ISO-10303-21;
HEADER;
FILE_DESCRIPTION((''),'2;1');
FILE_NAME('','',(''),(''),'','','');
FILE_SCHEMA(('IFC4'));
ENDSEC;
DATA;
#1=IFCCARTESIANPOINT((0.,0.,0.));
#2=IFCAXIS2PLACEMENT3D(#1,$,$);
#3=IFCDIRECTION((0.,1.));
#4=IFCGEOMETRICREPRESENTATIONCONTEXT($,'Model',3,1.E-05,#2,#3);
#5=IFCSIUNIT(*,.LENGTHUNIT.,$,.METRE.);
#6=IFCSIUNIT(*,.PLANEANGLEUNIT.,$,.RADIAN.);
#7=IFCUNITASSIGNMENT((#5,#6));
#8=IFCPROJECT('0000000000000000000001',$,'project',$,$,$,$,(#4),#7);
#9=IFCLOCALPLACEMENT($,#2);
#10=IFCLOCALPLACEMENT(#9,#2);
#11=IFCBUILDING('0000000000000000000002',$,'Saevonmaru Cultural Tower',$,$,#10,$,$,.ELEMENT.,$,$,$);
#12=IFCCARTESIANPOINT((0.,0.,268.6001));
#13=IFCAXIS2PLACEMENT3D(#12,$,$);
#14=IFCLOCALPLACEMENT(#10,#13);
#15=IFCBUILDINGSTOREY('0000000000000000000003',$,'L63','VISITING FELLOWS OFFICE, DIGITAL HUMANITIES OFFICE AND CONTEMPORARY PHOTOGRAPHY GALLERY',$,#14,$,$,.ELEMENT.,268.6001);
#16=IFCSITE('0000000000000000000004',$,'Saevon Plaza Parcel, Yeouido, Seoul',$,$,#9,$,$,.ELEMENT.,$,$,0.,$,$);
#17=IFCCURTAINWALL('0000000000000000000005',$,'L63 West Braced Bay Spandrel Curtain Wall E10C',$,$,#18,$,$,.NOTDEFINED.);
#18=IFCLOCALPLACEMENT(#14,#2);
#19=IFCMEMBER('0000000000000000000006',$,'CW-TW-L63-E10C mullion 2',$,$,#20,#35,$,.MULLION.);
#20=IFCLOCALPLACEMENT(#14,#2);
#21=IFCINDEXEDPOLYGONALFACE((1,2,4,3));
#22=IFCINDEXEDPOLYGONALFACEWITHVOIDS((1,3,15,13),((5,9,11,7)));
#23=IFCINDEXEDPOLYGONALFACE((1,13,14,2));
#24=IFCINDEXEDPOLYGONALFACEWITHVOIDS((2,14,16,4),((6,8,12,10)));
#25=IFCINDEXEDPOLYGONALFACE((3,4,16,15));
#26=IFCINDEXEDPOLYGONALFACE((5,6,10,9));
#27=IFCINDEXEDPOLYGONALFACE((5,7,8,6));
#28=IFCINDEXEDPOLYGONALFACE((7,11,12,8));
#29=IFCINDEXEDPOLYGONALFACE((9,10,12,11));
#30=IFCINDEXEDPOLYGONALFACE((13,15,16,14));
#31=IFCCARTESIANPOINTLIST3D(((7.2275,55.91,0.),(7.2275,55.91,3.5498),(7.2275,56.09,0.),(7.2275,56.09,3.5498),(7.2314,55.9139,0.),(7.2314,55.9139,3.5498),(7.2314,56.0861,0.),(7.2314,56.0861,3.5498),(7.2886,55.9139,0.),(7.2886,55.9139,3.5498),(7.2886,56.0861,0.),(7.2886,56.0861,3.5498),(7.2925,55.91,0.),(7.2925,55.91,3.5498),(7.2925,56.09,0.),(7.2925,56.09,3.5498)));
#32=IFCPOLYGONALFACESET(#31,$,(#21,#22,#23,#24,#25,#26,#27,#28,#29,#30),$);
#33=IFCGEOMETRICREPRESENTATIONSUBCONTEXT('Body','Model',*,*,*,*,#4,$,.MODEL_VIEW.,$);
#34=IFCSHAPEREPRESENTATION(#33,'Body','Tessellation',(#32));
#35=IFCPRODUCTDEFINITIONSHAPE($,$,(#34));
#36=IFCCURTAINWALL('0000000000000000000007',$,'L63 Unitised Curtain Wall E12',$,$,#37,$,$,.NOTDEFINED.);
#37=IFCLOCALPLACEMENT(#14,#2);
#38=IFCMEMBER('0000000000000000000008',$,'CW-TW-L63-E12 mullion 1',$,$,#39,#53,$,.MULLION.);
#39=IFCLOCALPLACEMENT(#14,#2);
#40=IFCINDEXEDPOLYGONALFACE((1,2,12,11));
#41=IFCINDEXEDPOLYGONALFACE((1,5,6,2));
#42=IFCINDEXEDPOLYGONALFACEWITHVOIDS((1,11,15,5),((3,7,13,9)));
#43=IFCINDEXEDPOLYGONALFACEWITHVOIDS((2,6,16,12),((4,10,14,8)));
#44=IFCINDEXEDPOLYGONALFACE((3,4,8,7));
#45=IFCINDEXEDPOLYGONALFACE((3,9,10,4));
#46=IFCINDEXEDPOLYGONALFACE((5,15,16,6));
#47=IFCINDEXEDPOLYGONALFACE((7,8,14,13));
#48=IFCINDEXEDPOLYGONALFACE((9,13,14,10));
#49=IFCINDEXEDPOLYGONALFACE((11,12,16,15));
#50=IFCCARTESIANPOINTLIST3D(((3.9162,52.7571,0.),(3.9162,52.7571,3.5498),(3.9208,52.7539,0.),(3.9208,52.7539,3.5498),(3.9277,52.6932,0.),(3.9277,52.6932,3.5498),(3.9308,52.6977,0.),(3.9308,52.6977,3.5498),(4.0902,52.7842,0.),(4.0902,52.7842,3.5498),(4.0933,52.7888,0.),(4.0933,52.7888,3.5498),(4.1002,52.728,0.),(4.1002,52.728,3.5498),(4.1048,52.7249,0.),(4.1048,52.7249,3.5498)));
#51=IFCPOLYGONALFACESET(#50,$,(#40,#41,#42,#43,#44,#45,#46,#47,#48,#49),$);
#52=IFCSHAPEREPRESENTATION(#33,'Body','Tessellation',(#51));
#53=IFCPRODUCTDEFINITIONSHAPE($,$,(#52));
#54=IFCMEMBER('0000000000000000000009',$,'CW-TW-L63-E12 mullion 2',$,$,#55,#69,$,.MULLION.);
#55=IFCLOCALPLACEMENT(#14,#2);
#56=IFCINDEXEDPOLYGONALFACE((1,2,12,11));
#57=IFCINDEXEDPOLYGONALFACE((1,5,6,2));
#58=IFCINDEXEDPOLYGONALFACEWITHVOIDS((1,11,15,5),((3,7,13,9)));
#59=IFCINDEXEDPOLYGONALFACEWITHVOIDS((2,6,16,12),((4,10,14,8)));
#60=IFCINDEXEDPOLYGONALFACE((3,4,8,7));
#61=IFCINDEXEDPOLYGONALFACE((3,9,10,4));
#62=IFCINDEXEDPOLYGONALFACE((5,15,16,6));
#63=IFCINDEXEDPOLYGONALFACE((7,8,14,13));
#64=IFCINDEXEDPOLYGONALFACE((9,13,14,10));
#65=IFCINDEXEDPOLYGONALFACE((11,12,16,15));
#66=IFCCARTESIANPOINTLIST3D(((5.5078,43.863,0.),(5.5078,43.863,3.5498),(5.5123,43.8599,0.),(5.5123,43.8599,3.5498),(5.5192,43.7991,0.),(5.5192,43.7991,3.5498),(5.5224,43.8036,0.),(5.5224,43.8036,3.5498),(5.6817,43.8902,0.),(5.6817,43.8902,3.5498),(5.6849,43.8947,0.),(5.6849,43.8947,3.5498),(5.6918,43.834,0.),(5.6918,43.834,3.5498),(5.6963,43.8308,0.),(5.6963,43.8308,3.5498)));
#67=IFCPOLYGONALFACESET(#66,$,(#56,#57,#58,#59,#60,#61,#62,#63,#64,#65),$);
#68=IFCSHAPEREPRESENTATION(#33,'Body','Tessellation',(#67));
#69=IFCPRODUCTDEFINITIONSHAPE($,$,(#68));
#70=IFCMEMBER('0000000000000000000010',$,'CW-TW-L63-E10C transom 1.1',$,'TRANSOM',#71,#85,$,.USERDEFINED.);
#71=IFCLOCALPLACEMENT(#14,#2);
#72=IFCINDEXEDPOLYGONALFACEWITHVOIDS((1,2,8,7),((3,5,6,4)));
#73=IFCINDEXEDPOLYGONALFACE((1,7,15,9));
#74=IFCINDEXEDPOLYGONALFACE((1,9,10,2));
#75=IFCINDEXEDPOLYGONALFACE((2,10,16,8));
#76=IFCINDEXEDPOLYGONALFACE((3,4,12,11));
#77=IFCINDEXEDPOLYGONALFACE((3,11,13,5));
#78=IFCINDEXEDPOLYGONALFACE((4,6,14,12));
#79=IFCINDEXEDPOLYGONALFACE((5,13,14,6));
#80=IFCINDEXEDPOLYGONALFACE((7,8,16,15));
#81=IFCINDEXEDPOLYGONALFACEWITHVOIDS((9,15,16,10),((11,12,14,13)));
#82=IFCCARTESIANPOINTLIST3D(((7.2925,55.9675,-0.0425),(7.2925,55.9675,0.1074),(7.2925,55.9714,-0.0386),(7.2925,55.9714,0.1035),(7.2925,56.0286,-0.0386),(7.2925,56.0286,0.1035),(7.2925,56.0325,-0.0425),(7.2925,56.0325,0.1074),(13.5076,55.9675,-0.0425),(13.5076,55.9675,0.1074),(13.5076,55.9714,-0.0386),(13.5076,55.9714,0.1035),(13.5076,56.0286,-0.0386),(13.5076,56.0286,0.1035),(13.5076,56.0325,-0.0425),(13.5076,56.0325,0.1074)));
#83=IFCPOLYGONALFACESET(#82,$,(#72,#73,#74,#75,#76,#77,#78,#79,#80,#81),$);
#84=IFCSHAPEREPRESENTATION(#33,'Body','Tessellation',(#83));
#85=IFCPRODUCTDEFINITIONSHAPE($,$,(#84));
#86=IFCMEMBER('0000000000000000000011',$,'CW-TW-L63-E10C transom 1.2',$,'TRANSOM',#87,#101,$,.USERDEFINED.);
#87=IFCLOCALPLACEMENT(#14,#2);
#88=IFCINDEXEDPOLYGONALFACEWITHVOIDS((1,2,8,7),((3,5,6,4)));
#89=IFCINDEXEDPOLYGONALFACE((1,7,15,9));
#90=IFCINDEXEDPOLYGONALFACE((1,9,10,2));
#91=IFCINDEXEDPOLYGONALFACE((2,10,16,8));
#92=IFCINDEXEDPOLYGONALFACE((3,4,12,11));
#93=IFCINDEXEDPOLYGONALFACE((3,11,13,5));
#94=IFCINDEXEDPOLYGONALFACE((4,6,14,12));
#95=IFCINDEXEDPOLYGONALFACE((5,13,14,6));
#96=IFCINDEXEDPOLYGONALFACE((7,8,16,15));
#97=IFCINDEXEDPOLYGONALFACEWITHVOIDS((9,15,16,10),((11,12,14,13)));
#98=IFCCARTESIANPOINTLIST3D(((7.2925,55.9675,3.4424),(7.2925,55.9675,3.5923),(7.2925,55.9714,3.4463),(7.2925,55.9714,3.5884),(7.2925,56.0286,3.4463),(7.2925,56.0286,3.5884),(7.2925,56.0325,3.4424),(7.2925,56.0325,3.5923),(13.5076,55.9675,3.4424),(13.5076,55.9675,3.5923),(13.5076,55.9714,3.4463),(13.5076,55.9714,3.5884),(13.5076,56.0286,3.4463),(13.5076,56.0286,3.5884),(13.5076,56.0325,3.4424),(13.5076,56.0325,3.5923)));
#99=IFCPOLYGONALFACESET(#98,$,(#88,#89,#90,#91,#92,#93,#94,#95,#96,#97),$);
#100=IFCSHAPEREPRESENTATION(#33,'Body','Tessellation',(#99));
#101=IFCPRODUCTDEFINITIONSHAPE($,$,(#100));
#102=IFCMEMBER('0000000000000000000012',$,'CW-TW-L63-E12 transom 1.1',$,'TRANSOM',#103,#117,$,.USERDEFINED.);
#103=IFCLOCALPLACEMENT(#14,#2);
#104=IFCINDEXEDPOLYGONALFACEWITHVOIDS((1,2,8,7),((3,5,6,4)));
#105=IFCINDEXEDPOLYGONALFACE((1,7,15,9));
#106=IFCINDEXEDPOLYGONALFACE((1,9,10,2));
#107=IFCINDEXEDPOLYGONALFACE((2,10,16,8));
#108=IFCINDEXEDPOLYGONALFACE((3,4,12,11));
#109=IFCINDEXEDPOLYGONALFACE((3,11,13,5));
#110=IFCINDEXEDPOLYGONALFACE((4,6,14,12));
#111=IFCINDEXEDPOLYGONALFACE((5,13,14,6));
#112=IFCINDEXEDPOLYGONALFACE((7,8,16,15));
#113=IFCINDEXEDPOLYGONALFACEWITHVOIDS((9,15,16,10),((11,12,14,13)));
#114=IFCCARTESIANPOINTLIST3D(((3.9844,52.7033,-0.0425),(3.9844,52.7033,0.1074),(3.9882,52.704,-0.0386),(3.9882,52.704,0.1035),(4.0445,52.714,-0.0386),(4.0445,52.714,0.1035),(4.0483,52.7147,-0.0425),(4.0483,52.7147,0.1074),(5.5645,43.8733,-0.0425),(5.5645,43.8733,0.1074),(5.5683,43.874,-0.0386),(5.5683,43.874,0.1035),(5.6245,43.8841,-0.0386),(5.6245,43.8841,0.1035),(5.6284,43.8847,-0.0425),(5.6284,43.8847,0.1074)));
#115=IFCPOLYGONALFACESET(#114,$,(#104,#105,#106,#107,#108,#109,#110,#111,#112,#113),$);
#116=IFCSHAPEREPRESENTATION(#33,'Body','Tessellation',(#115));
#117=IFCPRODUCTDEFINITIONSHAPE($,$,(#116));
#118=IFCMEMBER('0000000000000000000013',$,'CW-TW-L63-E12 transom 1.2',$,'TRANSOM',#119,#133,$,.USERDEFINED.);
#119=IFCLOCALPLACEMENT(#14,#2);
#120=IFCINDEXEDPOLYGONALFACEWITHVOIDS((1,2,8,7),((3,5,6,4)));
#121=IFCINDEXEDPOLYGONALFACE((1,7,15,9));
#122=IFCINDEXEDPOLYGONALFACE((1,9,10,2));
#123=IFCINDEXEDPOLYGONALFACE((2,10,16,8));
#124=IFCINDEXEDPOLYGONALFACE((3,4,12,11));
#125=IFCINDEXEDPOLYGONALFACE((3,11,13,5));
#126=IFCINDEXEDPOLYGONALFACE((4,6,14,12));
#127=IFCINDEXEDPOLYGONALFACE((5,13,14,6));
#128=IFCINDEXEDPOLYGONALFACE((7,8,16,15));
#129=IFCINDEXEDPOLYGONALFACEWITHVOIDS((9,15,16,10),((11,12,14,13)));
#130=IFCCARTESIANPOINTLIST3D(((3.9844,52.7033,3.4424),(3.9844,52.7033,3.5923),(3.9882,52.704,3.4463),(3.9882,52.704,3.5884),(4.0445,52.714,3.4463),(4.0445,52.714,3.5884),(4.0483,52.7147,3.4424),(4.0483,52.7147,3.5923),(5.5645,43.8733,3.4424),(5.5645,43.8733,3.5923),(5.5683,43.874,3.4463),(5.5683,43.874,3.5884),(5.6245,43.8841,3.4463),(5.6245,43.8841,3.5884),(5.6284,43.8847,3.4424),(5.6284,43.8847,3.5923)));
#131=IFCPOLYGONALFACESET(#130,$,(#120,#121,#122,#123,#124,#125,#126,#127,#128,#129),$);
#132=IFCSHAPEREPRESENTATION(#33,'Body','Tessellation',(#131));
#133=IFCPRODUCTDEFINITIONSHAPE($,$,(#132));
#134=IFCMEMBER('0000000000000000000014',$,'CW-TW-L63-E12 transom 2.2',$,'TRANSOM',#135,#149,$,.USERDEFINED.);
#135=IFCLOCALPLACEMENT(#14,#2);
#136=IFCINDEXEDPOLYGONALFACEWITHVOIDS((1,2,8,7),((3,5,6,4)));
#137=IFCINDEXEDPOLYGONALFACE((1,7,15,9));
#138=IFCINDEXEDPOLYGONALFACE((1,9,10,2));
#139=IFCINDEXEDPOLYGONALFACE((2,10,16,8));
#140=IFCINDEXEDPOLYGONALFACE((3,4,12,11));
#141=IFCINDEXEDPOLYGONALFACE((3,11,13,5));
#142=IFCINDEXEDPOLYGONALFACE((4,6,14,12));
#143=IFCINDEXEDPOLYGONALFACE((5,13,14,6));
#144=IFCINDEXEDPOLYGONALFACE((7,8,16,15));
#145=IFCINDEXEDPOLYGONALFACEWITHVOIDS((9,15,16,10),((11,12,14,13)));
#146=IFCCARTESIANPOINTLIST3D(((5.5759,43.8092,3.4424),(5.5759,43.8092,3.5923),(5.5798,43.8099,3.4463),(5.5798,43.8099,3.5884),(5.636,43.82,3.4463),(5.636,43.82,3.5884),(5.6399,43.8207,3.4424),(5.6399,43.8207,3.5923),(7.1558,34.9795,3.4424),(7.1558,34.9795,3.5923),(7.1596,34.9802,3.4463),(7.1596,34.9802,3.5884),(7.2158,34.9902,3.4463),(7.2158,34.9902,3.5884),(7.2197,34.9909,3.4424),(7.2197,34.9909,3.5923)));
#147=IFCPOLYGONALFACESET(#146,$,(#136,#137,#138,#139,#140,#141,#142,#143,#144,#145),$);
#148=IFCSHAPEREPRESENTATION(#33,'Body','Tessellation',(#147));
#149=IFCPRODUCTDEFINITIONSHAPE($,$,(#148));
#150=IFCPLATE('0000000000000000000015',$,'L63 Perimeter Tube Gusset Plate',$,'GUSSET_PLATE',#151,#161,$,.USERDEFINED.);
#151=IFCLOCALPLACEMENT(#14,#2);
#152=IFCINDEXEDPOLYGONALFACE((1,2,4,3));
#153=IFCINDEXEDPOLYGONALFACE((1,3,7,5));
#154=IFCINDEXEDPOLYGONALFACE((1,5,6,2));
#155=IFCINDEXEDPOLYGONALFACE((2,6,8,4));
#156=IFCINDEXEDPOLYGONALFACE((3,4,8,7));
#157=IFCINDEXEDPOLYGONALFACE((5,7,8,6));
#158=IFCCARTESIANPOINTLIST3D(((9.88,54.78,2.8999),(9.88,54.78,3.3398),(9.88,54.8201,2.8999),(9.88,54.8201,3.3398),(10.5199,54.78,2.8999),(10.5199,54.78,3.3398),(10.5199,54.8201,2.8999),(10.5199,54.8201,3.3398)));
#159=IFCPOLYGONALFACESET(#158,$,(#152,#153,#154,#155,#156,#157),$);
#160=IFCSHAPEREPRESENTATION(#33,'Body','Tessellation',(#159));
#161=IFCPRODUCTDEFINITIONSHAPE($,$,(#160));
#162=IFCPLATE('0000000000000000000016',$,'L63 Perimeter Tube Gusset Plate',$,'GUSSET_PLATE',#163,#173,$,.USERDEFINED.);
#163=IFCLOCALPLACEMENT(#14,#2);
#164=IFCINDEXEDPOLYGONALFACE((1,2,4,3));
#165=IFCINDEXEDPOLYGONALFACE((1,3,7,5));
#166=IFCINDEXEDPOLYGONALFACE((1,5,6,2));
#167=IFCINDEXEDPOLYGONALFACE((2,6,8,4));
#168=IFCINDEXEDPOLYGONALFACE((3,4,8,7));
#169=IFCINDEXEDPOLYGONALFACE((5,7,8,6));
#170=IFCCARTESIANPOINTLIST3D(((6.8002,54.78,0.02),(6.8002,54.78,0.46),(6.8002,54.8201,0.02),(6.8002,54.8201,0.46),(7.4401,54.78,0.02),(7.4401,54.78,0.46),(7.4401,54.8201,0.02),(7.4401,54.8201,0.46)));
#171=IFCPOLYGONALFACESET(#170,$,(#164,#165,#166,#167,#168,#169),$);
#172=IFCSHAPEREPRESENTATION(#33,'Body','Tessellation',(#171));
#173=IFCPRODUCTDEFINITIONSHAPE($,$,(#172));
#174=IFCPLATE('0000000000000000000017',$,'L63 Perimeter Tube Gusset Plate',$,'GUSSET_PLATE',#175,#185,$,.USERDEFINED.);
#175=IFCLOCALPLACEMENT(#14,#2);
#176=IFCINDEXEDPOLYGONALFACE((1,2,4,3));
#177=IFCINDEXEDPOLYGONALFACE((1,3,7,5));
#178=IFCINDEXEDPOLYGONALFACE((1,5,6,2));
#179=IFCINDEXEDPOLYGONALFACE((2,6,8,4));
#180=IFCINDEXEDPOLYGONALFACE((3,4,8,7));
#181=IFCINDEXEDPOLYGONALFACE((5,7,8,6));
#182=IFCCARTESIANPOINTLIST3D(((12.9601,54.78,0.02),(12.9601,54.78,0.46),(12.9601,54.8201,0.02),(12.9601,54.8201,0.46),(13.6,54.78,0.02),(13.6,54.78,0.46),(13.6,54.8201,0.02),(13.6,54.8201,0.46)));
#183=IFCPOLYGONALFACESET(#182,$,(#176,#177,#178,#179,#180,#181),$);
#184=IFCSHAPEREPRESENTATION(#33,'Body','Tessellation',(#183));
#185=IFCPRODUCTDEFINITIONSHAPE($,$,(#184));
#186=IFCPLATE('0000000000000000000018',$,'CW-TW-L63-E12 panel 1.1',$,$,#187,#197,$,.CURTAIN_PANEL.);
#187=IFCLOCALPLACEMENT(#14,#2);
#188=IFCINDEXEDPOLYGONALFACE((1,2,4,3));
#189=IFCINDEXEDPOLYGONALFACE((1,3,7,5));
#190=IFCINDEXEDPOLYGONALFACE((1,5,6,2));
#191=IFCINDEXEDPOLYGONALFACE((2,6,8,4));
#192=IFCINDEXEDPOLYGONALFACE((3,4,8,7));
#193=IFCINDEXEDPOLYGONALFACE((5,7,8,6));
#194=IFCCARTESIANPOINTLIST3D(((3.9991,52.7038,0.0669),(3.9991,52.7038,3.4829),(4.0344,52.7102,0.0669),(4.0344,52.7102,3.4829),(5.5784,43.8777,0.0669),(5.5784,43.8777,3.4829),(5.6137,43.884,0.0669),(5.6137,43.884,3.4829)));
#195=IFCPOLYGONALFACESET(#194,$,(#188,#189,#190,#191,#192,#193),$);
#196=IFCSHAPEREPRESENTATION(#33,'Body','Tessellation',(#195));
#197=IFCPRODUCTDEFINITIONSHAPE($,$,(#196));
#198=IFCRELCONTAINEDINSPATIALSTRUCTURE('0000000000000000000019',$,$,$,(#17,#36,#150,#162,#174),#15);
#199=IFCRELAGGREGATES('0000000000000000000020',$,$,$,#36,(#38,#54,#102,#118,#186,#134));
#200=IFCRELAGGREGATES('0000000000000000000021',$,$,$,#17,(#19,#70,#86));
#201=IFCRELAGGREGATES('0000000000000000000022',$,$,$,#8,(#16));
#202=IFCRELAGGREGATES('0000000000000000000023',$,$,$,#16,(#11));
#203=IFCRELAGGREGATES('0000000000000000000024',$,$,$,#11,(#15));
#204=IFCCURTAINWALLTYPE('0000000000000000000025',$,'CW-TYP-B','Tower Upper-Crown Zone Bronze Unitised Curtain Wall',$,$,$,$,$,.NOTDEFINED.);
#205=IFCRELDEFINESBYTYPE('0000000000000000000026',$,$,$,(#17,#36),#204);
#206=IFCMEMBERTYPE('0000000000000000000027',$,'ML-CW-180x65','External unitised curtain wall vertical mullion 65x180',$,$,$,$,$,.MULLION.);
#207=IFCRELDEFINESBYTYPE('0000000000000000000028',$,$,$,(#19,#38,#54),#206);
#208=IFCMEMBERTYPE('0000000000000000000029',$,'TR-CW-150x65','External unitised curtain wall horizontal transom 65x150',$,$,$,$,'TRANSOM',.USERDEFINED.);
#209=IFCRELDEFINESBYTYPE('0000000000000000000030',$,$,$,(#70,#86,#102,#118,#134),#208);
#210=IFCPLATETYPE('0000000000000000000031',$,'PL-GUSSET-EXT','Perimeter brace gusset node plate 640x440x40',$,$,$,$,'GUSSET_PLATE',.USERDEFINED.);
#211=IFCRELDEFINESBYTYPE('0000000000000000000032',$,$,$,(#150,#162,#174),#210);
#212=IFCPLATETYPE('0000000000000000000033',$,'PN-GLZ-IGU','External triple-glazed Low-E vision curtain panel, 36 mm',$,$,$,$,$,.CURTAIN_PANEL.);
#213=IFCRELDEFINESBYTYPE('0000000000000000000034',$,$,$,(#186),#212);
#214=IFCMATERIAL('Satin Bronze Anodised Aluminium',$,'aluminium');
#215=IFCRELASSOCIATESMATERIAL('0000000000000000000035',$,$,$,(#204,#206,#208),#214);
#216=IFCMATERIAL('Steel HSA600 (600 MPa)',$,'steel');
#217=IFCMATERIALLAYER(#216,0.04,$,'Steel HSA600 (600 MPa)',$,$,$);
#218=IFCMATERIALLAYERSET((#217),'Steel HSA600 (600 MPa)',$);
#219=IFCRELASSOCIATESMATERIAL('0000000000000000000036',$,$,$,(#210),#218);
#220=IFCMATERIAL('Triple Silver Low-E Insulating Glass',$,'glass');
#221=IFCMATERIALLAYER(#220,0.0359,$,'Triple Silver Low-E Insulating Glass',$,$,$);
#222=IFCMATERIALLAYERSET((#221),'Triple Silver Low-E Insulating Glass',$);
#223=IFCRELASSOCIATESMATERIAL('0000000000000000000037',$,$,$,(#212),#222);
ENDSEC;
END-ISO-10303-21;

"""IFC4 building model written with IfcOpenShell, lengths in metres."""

from ifc_helpers import new_model, si_unit, direction, frame, origin, origin_2d, place, context, subcontext, project, spatial, rectangle, hollow_rectangle, extrude, material, layer, layer_set, material_profile, profile_set, type_object, element, aggregate, save


model = new_model("IFC4")

# Units and contexts
model_context = context("Model", 3, precision=1e-05, world=origin(), true_north=direction((0.0, 1.0)))
body_context = subcontext(model_context, "Body", "Model", "MODEL_VIEW")
ifc_project = project(units=[si_unit("LENGTHUNIT", "METRE"), si_unit("PLANEANGLEUNIT", "RADIAN")], contexts=[model_context])

# Site, building, storey
site_placement = place(None, origin())
site = spatial("IfcSite", under=ifc_project, at=site_placement, Name="Saevon Plaza Parcel, Yeouido, Seoul", CompositionType="ELEMENT", RefElevation=0.0)
building_placement = place(site_placement, origin())
building = spatial("IfcBuilding", under=site, at=building_placement, Name="Saevonmaru Cultural Tower", CompositionType="ELEMENT")
storey_placement = place(building_placement, frame((0.0, 0.0, 268.6001)))
storey = spatial("IfcBuildingStorey", under=building, at=storey_placement, Name="L63", Description="VISITING FELLOWS OFFICE, DIGITAL HUMANITIES OFFICE AND CONTEMPORARY PHOTOGRAPHY GALLERY", CompositionType="ELEMENT", Elevation=268.6001)

# Curtain walls, members
ifc_material_1 = material(Name="Satin Bronze Anodised Aluminium", Category="aluminium")
curtain_wall_type = type_object("IfcCurtainWallType", Name="CW-TYP-B", Description="Tower Upper-Crown Zone Bronze Unitised Curtain Wall", PredefinedType="NOTDEFINED", material=ifc_material_1)
curtain_wall_1_placement = place(storey_placement, origin())
curtain_wall_1 = element("IfcCurtainWall", 1, at=curtain_wall_1_placement, inside=storey, type_object=curtain_wall_type, Name="L63 West Braced Bay Spandrel Curtain Wall E10C", PredefinedType="NOTDEFINED")
ifc_material_profile_1 = material_profile(ifc_material_1, hollow_rectangle(XDim=0.0649, YDim=0.1799, WallThickness=0.0039, at=origin_2d()), Name="ALU-MULL-180x65x4")
ifc_profile_set_1 = profile_set([ifc_material_profile_1], Name="Satin Bronze Anodised Aluminium")
member_type_1 = type_object("IfcMemberType", Name="ML-CW-180x65", Description="External unitised curtain wall vertical mullion 65x180", PredefinedType="MULLION", material=ifc_profile_set_1)
member_1_placement = place(storey_placement, frame((7.26, 56.0, 0.0), z_axis=(0.0, 0.0, 1.0), x_axis=(-1.0, 0.0, 0.0)))
member_1 = element("IfcMember", 2, at=member_1_placement, type_object=member_type_1, Name="CW-TW-L63-E10C mullion 2", PredefinedType="MULLION", context=body_context, shape_type="SweptSolid", body=[
    extrude(hollow_rectangle(XDim=0.0649, YDim=0.1799, WallThickness=0.0039, at=origin_2d()), origin(), (0.0, 0.0, 1.0), 3.5498),
])
curtain_wall_2_placement = place(storey_placement, origin())
curtain_wall_2 = element("IfcCurtainWall", 3, at=curtain_wall_2_placement, inside=storey, type_object=curtain_wall_type, Name="L63 Unitised Curtain Wall E12", PredefinedType="NOTDEFINED")
member_2_placement = place(storey_placement, frame((4.0105, 52.741, 0.0), z_axis=(0.0, 0.0, 1.0), x_axis=(0.176141, -0.984365, 0.0)))
member_2 = element("IfcMember", 4, at=member_2_placement, type_object=member_type_1, Name="CW-TW-L63-E12 mullion 1", PredefinedType="MULLION", context=body_context, shape_type="SweptSolid", body=[
    extrude(hollow_rectangle(XDim=0.0649, YDim=0.1799, WallThickness=0.0039, at=origin_2d()), origin(), (0.0, 0.0, 1.0), 3.5498),
])
member_3_placement = place(storey_placement, frame((5.6021, 43.8469, 0.0), z_axis=(0.0, 0.0, 1.0), x_axis=(0.176141, -0.984365, 0.0)))
member_3 = element("IfcMember", 5, at=member_3_placement, type_object=member_type_1, Name="CW-TW-L63-E12 mullion 2", PredefinedType="MULLION", context=body_context, shape_type="SweptSolid", body=[
    extrude(hollow_rectangle(XDim=0.0649, YDim=0.1799, WallThickness=0.0039, at=origin_2d()), origin(), (0.0, 0.0, 1.0), 3.5498),
])

# Members
ifc_material_profile_2 = material_profile(ifc_material_1, hollow_rectangle(XDim=0.0649, YDim=0.1499, WallThickness=0.0039, at=origin_2d()), Name="ALU-TRAN-150x65x4")
ifc_profile_set_2 = profile_set([ifc_material_profile_2], Name="Satin Bronze Anodised Aluminium")
member_type_2 = type_object("IfcMemberType", Name="TR-CW-150x65", Description="External unitised curtain wall horizontal transom 65x150", ElementType="TRANSOM", PredefinedType="USERDEFINED", material=ifc_profile_set_2)
member_4_placement = place(storey_placement, frame((13.5076, 56.0, 0.0325), z_axis=(-1.0, 0.0, 0.0), x_axis=(0.0, -1.0, 0.0)))
member_4 = element("IfcMember", 6, at=member_4_placement, type_object=member_type_2, Name="CW-TW-L63-E10C transom 1.1", ObjectType="TRANSOM", PredefinedType="USERDEFINED", context=body_context, shape_type="SweptSolid", body=[
    extrude(hollow_rectangle(XDim=0.0649, YDim=0.1499, WallThickness=0.0039, at=origin_2d()), origin(), (0.0, 0.0, 1.0), 6.2151),
])
member_5_placement = place(storey_placement, frame((13.5076, 56.0, 3.5173), z_axis=(-1.0, 0.0, 0.0), x_axis=(0.0, -1.0, 0.0)))
member_5 = element("IfcMember", 7, at=member_5_placement, type_object=member_type_2, Name="CW-TW-L63-E10C transom 1.2", ObjectType="TRANSOM", PredefinedType="USERDEFINED", context=body_context, shape_type="SweptSolid", body=[
    extrude(hollow_rectangle(XDim=0.0649, YDim=0.1499, WallThickness=0.0039, at=origin_2d()), origin(), (0.0, 0.0, 1.0), 6.2151),
])
member_6_placement = place(storey_placement, frame((4.0164, 52.709, 0.0325), z_axis=(0.176145, -0.984364, 0.0), x_axis=(0.984364, 0.176145, 0.0)))
member_6 = element("IfcMember", 8, at=member_6_placement, type_object=member_type_2, Name="CW-TW-L63-E12 transom 1.1", ObjectType="TRANSOM", PredefinedType="USERDEFINED", context=body_context, shape_type="SweptSolid", body=[
    extrude(hollow_rectangle(XDim=0.0649, YDim=0.1499, WallThickness=0.0039, at=origin_2d()), origin(), (0.0, 0.0, 1.0), 8.9702),
])
member_7_placement = place(storey_placement, frame((4.0164, 52.709, 3.5173), z_axis=(0.176145, -0.984364, 0.0), x_axis=(0.984364, 0.176145, 0.0)))
member_7 = element("IfcMember", 9, at=member_7_placement, type_object=member_type_2, Name="CW-TW-L63-E12 transom 1.2", ObjectType="TRANSOM", PredefinedType="USERDEFINED", context=body_context, shape_type="SweptSolid", body=[
    extrude(hollow_rectangle(XDim=0.0649, YDim=0.1499, WallThickness=0.0039, at=origin_2d()), origin(), (0.0, 0.0, 1.0), 8.9702),
])
member_8_placement = place(storey_placement, frame((5.6079, 43.8149, 3.5173), z_axis=(0.176123, -0.984368, 0.0), x_axis=(0.984368, 0.176123, 0.0)))
member_8 = element("IfcMember", 10, at=member_8_placement, type_object=member_type_2, Name="CW-TW-L63-E12 transom 2.2", ObjectType="TRANSOM", PredefinedType="USERDEFINED", context=body_context, shape_type="SweptSolid", body=[
    extrude(hollow_rectangle(XDim=0.0649, YDim=0.1499, WallThickness=0.0039, at=origin_2d()), origin(), (0.0, 0.0, 1.0), 8.97),
])

# Plates
ifc_material_2 = material(Name="Steel HSA600 (600 MPa)", Category="steel")
ifc_layer_1 = layer(ifc_material_2, 0.04, Name="Steel HSA600 (600 MPa)")
ifc_layer_set_1 = layer_set([ifc_layer_1], Name="Steel HSA600 (600 MPa)")
plate_type_1 = type_object("IfcPlateType", Name="PL-GUSSET-EXT", Description="Perimeter brace gusset node plate 640x440x40", ElementType="GUSSET_PLATE", PredefinedType="USERDEFINED", material=ifc_layer_set_1)
for number, where, z_axis, x_axis, name in (
    (11, (10.2, 54.8, 2.8999), (0.0, 0.0, 1.0), (1.0, 0.0, 0.0), "L63 Perimeter Tube Gusset Plate"),
    (12, (7.1201, 54.8, 0.02), (0.0, 0.0, 1.0), (1.0, 0.0, 0.0), "L63 Perimeter Tube Gusset Plate"),
    (13, (13.28, 54.8, 0.02), (0.0, 0.0, 1.0), (1.0, 0.0, 0.0), "L63 Perimeter Tube Gusset Plate"),
):
    element("IfcPlate", number, at=place(storey_placement, frame(where, z_axis=z_axis, x_axis=x_axis)), inside=storey, type_object=plate_type_1, Name=name, ObjectType="GUSSET_PLATE", PredefinedType="USERDEFINED", context=body_context, shape_type="SweptSolid", body=[
        extrude(rectangle(XDim=0.6399, YDim=0.04, at=origin_2d()), origin(), (0.0, 0.0, 1.0), 0.4399),
    ])

# Plate
ifc_material_3 = material(Name="Triple Silver Low-E Insulating Glass", Category="glass")
ifc_layer_2 = layer(ifc_material_3, 0.0359, Name="Triple Silver Low-E Insulating Glass")
ifc_layer_set_2 = layer_set([ifc_layer_2], Name="Triple Silver Low-E Insulating Glass")
plate_type_2 = type_object("IfcPlateType", Name="PN-GLZ-IGU", Description="External triple-glazed Low-E vision curtain panel, 36 mm", PredefinedType="CURTAIN_PANEL", material=ifc_layer_set_2)
plate_1_placement = place(storey_placement, frame((4.8064, 48.2939, 0.0669), z_axis=(0.0, 0.0, 1.0), x_axis=(0.176141, -0.984365, 0.0)))
plate_1 = element("IfcPlate", 14, at=plate_1_placement, type_object=plate_type_2, Name="CW-TW-L63-E12 panel 1.1", PredefinedType="CURTAIN_PANEL", context=body_context, shape_type="SweptSolid", body=[
    extrude(rectangle(XDim=8.9663, YDim=0.0359, at=origin_2d()), origin(), (0.0, 0.0, 1.0), 3.416),
])
aggregate(curtain_wall_2, [member_2, member_3, member_6, member_7, plate_1, member_8])
aggregate(curtain_wall_1, [member_1, member_4, member_5])

save(model, "model.ifc")
